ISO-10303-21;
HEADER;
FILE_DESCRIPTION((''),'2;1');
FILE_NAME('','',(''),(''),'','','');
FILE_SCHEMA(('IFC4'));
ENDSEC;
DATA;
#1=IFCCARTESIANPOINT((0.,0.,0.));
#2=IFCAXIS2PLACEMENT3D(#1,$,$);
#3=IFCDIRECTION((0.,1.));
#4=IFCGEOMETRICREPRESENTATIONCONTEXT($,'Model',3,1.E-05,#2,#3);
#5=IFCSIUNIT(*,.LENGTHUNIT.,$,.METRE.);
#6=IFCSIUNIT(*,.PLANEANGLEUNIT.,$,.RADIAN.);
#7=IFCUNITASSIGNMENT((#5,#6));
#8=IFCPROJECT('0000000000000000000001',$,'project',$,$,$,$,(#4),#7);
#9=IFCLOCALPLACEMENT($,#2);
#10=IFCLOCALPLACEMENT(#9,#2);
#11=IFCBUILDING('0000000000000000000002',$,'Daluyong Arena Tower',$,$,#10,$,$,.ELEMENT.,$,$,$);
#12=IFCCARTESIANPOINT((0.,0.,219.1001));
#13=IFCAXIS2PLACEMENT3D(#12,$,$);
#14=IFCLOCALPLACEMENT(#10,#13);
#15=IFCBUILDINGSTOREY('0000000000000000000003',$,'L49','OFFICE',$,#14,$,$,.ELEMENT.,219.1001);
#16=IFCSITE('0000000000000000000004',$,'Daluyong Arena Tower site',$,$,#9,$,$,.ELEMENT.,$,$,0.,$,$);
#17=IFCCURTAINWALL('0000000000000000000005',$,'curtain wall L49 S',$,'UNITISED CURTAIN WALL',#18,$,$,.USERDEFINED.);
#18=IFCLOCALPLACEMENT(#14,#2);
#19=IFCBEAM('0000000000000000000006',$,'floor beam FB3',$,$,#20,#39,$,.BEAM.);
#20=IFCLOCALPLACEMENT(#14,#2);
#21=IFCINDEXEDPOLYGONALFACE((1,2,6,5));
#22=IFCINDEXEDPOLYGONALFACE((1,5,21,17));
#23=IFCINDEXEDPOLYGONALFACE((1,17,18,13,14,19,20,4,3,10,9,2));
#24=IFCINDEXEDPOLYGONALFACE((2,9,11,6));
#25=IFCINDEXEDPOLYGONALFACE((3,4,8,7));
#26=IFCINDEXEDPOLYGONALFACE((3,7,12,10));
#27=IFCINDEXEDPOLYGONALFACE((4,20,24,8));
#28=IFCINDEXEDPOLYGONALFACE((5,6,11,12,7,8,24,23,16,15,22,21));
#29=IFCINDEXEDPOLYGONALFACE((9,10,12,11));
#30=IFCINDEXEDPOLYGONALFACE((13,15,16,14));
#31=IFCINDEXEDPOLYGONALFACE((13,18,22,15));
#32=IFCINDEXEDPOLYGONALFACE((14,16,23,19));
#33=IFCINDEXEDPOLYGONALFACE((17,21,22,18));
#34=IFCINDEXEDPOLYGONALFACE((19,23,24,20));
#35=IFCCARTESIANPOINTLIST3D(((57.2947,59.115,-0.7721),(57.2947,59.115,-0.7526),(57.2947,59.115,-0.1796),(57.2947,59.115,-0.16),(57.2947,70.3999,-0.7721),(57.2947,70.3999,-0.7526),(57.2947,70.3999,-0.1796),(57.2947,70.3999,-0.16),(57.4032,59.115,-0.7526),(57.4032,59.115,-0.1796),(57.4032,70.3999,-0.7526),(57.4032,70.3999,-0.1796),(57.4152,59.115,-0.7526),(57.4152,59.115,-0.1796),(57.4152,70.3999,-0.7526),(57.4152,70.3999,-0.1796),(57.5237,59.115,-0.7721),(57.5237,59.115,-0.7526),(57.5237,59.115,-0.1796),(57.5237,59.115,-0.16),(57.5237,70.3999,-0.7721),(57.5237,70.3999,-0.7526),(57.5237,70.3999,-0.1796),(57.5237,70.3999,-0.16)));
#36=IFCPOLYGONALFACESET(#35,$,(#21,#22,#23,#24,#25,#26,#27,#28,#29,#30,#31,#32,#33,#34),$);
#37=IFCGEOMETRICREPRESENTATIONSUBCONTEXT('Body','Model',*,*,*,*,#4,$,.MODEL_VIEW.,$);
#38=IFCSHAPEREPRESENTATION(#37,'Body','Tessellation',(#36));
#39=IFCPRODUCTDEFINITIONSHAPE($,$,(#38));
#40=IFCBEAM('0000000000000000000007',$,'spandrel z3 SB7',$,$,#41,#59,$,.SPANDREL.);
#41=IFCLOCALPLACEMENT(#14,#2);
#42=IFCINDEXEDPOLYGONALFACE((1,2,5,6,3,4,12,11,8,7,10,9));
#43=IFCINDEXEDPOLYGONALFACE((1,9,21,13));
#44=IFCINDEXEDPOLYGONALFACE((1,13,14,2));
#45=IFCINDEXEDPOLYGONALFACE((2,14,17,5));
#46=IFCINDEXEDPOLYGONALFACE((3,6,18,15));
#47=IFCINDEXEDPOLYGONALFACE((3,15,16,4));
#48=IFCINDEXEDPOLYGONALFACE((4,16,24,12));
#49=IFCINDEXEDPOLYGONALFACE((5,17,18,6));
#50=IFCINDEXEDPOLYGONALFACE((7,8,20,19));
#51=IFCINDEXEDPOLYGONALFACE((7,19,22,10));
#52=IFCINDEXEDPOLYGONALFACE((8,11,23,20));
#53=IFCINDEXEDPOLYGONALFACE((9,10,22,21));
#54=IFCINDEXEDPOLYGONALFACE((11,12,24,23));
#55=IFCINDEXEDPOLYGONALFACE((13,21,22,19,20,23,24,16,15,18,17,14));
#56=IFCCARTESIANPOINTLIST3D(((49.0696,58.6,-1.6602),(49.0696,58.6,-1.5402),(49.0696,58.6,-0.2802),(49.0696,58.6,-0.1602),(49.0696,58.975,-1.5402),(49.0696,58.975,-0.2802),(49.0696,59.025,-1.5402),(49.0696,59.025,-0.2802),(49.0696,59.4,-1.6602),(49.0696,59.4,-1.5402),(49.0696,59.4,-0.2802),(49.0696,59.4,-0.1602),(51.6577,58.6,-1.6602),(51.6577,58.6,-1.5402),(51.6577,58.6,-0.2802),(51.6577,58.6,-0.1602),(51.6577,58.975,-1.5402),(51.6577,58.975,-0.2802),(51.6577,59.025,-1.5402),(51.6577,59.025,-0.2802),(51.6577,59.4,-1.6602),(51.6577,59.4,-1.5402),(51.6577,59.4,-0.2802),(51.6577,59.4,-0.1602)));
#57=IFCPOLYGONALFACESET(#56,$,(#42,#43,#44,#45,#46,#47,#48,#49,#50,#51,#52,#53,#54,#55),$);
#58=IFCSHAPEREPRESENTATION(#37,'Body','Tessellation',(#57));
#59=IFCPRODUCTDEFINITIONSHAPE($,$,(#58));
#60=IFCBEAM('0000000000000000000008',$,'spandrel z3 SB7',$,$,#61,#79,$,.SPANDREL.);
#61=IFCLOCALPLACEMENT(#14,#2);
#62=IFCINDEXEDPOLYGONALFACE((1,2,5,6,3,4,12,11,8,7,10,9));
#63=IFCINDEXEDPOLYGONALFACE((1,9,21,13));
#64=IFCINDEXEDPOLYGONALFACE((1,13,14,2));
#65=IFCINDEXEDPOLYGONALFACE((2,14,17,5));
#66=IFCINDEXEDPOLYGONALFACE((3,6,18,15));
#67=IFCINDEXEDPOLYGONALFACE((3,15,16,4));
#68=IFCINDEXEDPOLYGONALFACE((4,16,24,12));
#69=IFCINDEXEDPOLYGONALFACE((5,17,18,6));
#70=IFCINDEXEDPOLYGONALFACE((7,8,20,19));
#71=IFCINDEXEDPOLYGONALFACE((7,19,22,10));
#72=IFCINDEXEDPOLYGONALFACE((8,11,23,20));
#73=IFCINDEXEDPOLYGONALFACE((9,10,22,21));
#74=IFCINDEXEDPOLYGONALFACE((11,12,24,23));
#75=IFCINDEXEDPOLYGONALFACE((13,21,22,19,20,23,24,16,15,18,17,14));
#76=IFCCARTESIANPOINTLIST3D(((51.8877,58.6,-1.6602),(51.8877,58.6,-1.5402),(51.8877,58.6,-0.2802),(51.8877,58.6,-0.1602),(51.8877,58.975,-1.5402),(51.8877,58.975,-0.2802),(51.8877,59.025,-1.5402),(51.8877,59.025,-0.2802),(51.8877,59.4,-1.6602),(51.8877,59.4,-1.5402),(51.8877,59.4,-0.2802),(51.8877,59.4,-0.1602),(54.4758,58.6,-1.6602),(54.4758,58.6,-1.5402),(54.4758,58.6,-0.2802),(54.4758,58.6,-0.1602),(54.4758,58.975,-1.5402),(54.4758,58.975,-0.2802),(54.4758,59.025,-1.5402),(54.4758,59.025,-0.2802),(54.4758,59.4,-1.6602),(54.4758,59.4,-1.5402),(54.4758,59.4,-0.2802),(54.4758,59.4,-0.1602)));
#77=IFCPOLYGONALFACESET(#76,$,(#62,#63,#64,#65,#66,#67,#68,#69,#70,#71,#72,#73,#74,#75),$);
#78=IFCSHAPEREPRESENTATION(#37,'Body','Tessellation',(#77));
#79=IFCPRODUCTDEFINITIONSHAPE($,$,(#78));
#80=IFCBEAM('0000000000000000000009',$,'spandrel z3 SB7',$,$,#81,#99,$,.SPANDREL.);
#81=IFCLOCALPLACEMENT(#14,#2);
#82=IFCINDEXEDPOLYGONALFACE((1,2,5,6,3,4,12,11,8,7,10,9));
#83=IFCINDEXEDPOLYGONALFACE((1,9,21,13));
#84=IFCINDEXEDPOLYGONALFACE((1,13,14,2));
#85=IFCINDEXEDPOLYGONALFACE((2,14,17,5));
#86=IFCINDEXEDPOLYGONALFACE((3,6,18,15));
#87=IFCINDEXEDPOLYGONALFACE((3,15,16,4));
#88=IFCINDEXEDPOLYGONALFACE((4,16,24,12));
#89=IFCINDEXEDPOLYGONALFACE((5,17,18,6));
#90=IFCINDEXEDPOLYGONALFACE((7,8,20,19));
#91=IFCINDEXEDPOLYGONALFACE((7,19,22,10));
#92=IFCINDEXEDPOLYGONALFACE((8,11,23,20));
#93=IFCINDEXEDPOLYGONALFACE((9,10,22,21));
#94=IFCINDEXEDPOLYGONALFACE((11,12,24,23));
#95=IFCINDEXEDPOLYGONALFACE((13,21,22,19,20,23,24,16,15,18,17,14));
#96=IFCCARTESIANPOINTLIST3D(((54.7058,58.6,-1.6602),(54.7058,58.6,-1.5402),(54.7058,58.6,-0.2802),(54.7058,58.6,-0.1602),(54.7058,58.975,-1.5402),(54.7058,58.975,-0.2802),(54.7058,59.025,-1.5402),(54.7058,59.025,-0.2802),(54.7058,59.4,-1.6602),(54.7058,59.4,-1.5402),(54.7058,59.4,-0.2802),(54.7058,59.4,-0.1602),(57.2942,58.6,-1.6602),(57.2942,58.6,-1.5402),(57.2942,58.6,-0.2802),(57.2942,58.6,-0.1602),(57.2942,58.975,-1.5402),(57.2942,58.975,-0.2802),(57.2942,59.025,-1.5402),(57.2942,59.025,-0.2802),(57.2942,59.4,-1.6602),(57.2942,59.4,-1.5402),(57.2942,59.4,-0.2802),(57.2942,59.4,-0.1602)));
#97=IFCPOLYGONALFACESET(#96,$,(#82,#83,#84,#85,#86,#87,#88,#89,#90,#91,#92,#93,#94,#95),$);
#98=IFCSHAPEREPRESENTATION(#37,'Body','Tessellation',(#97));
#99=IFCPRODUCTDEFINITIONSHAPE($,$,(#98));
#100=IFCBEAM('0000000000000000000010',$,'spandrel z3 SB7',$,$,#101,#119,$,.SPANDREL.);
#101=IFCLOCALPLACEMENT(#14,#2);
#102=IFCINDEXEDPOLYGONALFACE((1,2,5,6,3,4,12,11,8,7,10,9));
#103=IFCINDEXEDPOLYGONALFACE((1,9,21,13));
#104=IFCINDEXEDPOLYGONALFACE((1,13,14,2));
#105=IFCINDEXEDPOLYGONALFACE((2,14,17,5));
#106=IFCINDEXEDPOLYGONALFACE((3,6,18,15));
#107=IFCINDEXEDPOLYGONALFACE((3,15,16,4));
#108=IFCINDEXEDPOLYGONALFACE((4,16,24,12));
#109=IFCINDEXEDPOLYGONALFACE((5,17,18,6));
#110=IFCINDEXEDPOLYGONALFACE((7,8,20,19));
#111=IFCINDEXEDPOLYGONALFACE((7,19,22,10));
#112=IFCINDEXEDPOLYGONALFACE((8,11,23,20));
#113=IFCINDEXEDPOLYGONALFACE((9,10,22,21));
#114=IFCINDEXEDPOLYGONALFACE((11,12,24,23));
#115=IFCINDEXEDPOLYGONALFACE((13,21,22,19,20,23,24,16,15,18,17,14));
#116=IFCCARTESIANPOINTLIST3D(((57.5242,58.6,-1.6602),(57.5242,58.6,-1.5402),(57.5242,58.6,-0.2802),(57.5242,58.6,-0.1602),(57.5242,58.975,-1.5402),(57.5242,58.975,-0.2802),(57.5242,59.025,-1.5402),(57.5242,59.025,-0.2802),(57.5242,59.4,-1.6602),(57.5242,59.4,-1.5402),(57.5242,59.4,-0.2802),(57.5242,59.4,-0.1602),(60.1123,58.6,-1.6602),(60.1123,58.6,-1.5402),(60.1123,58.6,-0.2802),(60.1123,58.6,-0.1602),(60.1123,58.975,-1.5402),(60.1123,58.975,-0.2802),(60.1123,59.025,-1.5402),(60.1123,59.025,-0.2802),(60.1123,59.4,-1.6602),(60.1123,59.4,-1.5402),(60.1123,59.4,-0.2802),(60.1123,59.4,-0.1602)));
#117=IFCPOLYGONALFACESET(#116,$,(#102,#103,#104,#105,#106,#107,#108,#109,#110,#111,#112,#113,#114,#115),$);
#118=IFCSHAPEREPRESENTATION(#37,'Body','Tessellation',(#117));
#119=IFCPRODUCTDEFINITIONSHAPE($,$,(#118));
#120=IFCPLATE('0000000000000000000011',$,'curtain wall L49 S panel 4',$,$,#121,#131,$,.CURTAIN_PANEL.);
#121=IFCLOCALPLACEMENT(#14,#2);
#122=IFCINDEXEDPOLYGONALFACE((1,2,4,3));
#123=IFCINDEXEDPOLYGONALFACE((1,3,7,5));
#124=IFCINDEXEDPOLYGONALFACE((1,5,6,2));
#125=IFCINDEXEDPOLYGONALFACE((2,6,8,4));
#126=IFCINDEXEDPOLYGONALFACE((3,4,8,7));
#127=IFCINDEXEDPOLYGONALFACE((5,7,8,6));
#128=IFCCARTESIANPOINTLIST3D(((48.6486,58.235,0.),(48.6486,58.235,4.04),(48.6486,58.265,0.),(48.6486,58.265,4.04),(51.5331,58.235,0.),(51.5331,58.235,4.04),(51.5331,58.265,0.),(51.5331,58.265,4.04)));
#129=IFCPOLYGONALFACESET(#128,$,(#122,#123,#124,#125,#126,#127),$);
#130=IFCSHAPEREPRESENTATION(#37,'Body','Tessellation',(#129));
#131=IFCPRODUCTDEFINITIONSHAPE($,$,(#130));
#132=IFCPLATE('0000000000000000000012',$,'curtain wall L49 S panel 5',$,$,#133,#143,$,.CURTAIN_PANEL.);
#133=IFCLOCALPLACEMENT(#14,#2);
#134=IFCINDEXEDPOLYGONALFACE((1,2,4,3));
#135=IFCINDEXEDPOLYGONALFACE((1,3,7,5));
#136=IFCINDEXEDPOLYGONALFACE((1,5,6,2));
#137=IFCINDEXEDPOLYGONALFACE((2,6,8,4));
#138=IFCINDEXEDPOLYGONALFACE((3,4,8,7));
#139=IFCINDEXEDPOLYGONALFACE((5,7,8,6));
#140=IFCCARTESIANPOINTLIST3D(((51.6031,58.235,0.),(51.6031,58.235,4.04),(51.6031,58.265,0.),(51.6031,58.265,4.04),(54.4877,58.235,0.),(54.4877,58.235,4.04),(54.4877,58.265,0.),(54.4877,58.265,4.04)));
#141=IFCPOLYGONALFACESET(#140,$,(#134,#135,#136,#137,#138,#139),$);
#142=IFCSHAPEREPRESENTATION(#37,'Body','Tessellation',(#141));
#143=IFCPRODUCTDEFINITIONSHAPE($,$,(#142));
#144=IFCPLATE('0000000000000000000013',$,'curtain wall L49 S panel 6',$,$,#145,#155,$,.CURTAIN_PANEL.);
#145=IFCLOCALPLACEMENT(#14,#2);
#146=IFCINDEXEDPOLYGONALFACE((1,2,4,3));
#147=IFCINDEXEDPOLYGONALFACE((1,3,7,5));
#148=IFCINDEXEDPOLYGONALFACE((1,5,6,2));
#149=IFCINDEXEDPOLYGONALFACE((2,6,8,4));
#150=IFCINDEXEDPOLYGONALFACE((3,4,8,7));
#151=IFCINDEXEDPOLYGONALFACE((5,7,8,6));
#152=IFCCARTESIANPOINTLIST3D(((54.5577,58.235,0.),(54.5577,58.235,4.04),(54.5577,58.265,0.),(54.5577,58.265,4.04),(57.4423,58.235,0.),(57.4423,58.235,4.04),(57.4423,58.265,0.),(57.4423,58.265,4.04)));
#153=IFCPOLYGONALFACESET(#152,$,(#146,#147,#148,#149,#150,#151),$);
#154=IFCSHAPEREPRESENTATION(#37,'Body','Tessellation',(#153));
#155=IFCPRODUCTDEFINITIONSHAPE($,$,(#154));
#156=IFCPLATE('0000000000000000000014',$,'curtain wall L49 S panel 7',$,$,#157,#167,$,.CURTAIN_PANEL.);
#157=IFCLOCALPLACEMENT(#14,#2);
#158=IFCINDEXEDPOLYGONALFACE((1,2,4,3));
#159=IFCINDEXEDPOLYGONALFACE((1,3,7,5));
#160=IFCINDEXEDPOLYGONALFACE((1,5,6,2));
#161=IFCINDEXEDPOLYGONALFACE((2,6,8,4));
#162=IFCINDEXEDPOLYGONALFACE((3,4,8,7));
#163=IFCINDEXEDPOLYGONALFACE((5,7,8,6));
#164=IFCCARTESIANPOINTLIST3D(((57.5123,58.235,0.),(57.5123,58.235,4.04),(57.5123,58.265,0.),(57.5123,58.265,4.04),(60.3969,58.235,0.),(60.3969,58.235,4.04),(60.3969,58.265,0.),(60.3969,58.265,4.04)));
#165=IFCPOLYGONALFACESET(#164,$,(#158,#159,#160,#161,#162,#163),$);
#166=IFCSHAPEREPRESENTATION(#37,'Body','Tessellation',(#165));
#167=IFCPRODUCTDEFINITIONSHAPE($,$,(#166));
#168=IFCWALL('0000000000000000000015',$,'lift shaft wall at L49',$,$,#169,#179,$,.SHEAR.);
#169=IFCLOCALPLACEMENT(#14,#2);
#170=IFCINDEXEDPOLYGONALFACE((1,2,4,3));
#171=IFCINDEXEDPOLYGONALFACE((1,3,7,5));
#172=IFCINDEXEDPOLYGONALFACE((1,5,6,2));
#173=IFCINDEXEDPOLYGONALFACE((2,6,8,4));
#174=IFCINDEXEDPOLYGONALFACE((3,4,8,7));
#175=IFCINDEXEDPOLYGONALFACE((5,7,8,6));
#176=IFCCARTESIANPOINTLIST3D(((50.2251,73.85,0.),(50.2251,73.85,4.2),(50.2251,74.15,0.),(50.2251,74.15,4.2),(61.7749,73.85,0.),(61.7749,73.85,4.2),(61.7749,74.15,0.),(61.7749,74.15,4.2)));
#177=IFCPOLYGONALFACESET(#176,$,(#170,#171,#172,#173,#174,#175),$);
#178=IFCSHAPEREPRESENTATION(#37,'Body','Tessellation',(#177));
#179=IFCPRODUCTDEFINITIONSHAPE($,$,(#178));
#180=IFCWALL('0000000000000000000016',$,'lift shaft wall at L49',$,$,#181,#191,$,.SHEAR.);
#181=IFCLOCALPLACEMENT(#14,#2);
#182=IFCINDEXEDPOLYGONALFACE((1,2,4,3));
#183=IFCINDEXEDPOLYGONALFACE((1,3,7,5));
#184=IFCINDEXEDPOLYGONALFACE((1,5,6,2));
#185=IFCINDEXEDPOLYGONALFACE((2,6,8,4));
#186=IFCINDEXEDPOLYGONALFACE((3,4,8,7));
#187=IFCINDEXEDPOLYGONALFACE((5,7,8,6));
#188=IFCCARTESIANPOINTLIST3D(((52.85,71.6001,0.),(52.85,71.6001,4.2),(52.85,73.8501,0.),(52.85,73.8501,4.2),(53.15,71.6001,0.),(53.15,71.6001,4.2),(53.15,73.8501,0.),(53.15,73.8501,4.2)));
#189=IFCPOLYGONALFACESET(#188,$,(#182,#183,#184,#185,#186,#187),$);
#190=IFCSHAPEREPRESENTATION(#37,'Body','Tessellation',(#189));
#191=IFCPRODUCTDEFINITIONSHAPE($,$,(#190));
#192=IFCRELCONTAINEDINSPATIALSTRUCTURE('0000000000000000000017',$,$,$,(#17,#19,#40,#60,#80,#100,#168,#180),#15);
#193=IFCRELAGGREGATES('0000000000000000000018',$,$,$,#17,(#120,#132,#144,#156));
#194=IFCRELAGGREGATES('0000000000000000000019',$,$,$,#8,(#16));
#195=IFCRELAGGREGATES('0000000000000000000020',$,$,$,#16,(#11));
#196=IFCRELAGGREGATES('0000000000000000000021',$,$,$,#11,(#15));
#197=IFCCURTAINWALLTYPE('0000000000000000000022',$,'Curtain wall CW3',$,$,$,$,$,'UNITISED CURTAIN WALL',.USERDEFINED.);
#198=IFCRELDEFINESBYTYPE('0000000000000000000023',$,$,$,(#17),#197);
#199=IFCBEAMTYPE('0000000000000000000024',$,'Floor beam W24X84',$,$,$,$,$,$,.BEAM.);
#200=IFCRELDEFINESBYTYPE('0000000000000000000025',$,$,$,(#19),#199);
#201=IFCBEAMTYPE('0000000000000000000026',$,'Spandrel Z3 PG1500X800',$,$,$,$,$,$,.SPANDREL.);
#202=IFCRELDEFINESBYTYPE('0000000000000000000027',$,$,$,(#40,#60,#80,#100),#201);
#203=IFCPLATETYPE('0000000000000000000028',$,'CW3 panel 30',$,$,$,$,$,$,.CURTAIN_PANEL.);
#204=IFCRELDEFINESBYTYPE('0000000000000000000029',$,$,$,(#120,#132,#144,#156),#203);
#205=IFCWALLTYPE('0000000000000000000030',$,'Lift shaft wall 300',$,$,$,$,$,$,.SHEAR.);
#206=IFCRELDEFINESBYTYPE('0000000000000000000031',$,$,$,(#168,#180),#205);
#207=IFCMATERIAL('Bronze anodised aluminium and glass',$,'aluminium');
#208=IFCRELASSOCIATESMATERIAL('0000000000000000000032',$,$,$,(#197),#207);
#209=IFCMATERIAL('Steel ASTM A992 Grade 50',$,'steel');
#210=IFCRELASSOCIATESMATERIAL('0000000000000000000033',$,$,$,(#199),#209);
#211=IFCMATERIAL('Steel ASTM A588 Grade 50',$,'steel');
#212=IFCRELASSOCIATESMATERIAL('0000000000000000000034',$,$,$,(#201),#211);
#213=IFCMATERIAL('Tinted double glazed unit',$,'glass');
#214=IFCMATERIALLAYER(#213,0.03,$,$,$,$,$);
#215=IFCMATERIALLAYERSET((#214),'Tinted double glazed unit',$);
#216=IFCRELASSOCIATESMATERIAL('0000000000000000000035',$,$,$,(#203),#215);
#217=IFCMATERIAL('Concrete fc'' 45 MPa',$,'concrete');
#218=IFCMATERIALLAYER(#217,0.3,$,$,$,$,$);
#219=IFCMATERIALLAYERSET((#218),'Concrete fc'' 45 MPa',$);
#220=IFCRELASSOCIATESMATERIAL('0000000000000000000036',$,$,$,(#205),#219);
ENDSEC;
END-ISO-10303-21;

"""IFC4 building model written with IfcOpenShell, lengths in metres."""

from ifc_helpers import new_model, si_unit, direction, frame, frame_2d, origin, origin_2d, place, context, subcontext, project, spatial, rectangle, i_section, extrude, material, layer, layer_set, material_profile, profile_set, type_object, element, aggregate, save


model = new_model("IFC4")

# Units and contexts
model_context = context("Model", 3, precision=1e-05, world=origin(), true_north=direction((0.0, 1.0)))
body_context = subcontext(model_context, "Body", "Model", "MODEL_VIEW")
ifc_project = project(units=[si_unit("LENGTHUNIT", "METRE"), si_unit("PLANEANGLEUNIT", "RADIAN")], contexts=[model_context])

# Site, building, storey
site_placement = place(None, origin())
site = spatial("IfcSite", under=ifc_project, at=site_placement, Name="Daluyong Arena Tower site", CompositionType="ELEMENT", RefElevation=0.0)
building_placement = place(site_placement, origin())
building = spatial("IfcBuilding", under=site, at=building_placement, Name="Daluyong Arena Tower", CompositionType="ELEMENT")
storey_placement = place(building_placement, frame((0.0, 0.0, 219.1001)))
storey = spatial("IfcBuildingStorey", under=building, at=storey_placement, Name="L49", Description="OFFICE", CompositionType="ELEMENT", Elevation=219.1001)

# Curtain wall
ifc_material_1 = material(Name="Bronze anodised aluminium and glass", Category="aluminium")
curtain_wall_type = type_object("IfcCurtainWallType", Name="Curtain wall CW3", ElementType="UNITISED CURTAIN WALL", PredefinedType="USERDEFINED", material=ifc_material_1)
curtain_wall_placement = place(storey_placement, origin())
curtain_wall = element("IfcCurtainWall", 1, at=curtain_wall_placement, inside=storey, type_object=curtain_wall_type, Name="curtain wall L49 S", ObjectType="UNITISED CURTAIN WALL", PredefinedType="USERDEFINED")

# Beams
ifc_material_2 = material(Name="Steel ASTM A992 Grade 50", Category="steel")
ifc_material_profile_1 = material_profile(ifc_material_2, i_section(OverallWidth=0.229, OverallDepth=0.6121, WebThickness=0.012, FlangeThickness=0.0195, at=origin_2d()))
ifc_profile_set_1 = profile_set([ifc_material_profile_1], Name="Steel ASTM A992 Grade 50")
beam_type_1 = type_object("IfcBeamType", Name="Floor beam W24X84", PredefinedType="BEAM", material=ifc_profile_set_1)
for number, where, z_axis, x_axis, name in (
    (2, (57.4092, 59.115, -0.4661), (0.0, 1.0, 0.0), (-1.0, 0.0, 0.0), "floor beam FB3"),
):
    element("IfcBeam", number, at=place(storey_placement, frame(where, z_axis=z_axis, x_axis=x_axis)), inside=storey, type_object=beam_type_1, Name=name, PredefinedType="BEAM", context=body_context, shape_type="SweptSolid", body=[
        extrude(i_section(OverallWidth=0.229, OverallDepth=0.6121, WebThickness=0.012, FlangeThickness=0.0195, at=origin_2d()), origin(), (0.0, 0.0, 1.0), 11.2849),
    ])
ifc_material_3 = material(Name="Steel ASTM A588 Grade 50", Category="steel")
ifc_material_profile_2 = material_profile(ifc_material_3, i_section(OverallWidth=0.8, OverallDepth=1.5, WebThickness=0.05, FlangeThickness=0.12, at=origin_2d()))
ifc_profile_set_2 = profile_set([ifc_material_profile_2], Name="Steel ASTM A588 Grade 50")
beam_type_2 = type_object("IfcBeamType", Name="Spandrel Z3 PG1500X800", PredefinedType="SPANDREL", material=ifc_profile_set_2)
for number, where, z_axis, x_axis, name in (
    (3, (49.0696, 59.0, -0.9102), (1.0, 0.0, 0.0), (0.0, 1.0, 0.0), "spandrel z3 SB7"),
    (4, (51.8877, 59.0, -0.9102), (1.0, 0.0, 0.0), (0.0, 1.0, 0.0), "spandrel z3 SB7"),
):
    element("IfcBeam", number, at=place(storey_placement, frame(where, z_axis=z_axis, x_axis=x_axis)), inside=storey, type_object=beam_type_2, Name=name, PredefinedType="SPANDREL", context=body_context, shape_type="SweptSolid", body=[
        extrude(i_section(OverallWidth=0.8, OverallDepth=1.5, WebThickness=0.05, FlangeThickness=0.12, at=origin_2d()), origin(), (0.0, 0.0, 1.0), 2.5881),
    ])
beam_1_placement = place(storey_placement, frame((54.7058, 59.0, -0.9102), z_axis=(1.0, 0.0, 0.0), x_axis=(0.0, 1.0, 0.0)))
element("IfcBeam", 5, at=beam_1_placement, inside=storey, type_object=beam_type_2, Name="spandrel z3 SB7", PredefinedType="SPANDREL", context=body_context, shape_type="SweptSolid", body=[
    extrude(i_section(OverallWidth=0.8, OverallDepth=1.5, WebThickness=0.05, FlangeThickness=0.12, at=origin_2d()), origin(), (0.0, 0.0, 1.0), 2.5884),
])
beam_2_placement = place(storey_placement, frame((57.5242, 59.0, -0.9102), z_axis=(1.0, 0.0, 0.0), x_axis=(0.0, 1.0, 0.0)))
element("IfcBeam", 6, at=beam_2_placement, inside=storey, type_object=beam_type_2, Name="spandrel z3 SB7", PredefinedType="SPANDREL", context=body_context, shape_type="SweptSolid", body=[
    extrude(i_section(OverallWidth=0.8, OverallDepth=1.5, WebThickness=0.05, FlangeThickness=0.12, at=origin_2d()), origin(), (0.0, 0.0, 1.0), 2.5881),
])

# Plates
ifc_material_4 = material(Name="Tinted double glazed unit", Category="glass")
ifc_layer_1 = layer(ifc_material_4, 0.03)
ifc_layer_set_1 = layer_set([ifc_layer_1], Name="Tinted double glazed unit")
plate_type = type_object("IfcPlateType", Name="CW3 panel 30", PredefinedType="CURTAIN_PANEL", material=ifc_layer_set_1)
plate_1_placement = place(storey_placement, frame((50.0908, 58.25, 0.0), z_axis=(0.0, 0.0, 1.0), x_axis=(1.0, 0.0, 0.0)))
plate_1 = element("IfcPlate", 7, at=plate_1_placement, type_object=plate_type, Name="curtain wall L49 S panel 4", PredefinedType="CURTAIN_PANEL", context=body_context, shape_type="SweptSolid", body=[
    extrude(rectangle(XDim=2.8845, YDim=0.03, at=origin_2d()), origin(), (0.0, 0.0, 1.0), 4.04),
])
plate_2_placement = place(storey_placement, frame((53.0454, 58.25, 0.0), z_axis=(0.0, 0.0, 1.0), x_axis=(1.0, 0.0, 0.0)))
plate_2 = element("IfcPlate", 8, at=plate_2_placement, type_object=plate_type, Name="curtain wall L49 S panel 5", PredefinedType="CURTAIN_PANEL", context=body_context, shape_type="SweptSolid", body=[
    extrude(rectangle(XDim=2.8845, YDim=0.03, at=origin_2d()), origin(), (0.0, 0.0, 1.0), 4.04),
])
plate_3_placement = place(storey_placement, frame((56.0, 58.25, 0.0), z_axis=(0.0, 0.0, 1.0), x_axis=(1.0, 0.0, 0.0)))
plate_3 = element("IfcPlate", 9, at=plate_3_placement, type_object=plate_type, Name="curtain wall L49 S panel 6", PredefinedType="CURTAIN_PANEL", context=body_context, shape_type="SweptSolid", body=[
    extrude(rectangle(XDim=2.8845, YDim=0.03, at=origin_2d()), origin(), (0.0, 0.0, 1.0), 4.04),
])
plate_4_placement = place(storey_placement, frame((58.9546, 58.25, 0.0), z_axis=(0.0, 0.0, 1.0), x_axis=(1.0, 0.0, 0.0)))
plate_4 = element("IfcPlate", 10, at=plate_4_placement, type_object=plate_type, Name="curtain wall L49 S panel 7", PredefinedType="CURTAIN_PANEL", context=body_context, shape_type="SweptSolid", body=[
    extrude(rectangle(XDim=2.8845, YDim=0.03, at=origin_2d()), origin(), (0.0, 0.0, 1.0), 4.04),
])
aggregate(curtain_wall, [plate_1, plate_2, plate_3, plate_4])

# Walls
ifc_material_5 = material(Name="Concrete fc' 45 MPa", Category="concrete")
ifc_layer_2 = layer(ifc_material_5, 0.3)
ifc_layer_set_2 = layer_set([ifc_layer_2], Name="Concrete fc' 45 MPa")
wall_type_1 = type_object("IfcWallType", Name="Lift shaft wall 300", PredefinedType="SHEAR", material=ifc_layer_set_2)
wall_1_placement = place(storey_placement, frame((50.2251, 74.0, 0.0), z_axis=(0.0, 0.0, 1.0), x_axis=(1.0, 0.0, 0.0)))
element("IfcWall", 11, at=wall_1_placement, inside=storey, type_object=wall_type_1, Name="lift shaft wall at L49", PredefinedType="SHEAR", context=body_context, shape_type="SweptSolid", body=[
    extrude(rectangle(XDim=11.5498, YDim=0.3, at=frame_2d((5.7749, 0.0))), origin(), (0.0, 0.0, 1.0), 4.2),
])
wall_2_placement = place(storey_placement, frame((53.0, 71.6001, 0.0), z_axis=(0.0, 0.0, 1.0), x_axis=(0.0, 1.0, 0.0)))
element("IfcWall", 12, at=wall_2_placement, inside=storey, type_object=wall_type_1, Name="lift shaft wall at L49", PredefinedType="SHEAR", context=body_context, shape_type="SweptSolid", body=[
    extrude(rectangle(XDim=2.25, YDim=0.3, at=frame_2d((1.125, 0.0))), origin(), (0.0, 0.0, 1.0), 4.2),
])

save(model, "model.ifc")
